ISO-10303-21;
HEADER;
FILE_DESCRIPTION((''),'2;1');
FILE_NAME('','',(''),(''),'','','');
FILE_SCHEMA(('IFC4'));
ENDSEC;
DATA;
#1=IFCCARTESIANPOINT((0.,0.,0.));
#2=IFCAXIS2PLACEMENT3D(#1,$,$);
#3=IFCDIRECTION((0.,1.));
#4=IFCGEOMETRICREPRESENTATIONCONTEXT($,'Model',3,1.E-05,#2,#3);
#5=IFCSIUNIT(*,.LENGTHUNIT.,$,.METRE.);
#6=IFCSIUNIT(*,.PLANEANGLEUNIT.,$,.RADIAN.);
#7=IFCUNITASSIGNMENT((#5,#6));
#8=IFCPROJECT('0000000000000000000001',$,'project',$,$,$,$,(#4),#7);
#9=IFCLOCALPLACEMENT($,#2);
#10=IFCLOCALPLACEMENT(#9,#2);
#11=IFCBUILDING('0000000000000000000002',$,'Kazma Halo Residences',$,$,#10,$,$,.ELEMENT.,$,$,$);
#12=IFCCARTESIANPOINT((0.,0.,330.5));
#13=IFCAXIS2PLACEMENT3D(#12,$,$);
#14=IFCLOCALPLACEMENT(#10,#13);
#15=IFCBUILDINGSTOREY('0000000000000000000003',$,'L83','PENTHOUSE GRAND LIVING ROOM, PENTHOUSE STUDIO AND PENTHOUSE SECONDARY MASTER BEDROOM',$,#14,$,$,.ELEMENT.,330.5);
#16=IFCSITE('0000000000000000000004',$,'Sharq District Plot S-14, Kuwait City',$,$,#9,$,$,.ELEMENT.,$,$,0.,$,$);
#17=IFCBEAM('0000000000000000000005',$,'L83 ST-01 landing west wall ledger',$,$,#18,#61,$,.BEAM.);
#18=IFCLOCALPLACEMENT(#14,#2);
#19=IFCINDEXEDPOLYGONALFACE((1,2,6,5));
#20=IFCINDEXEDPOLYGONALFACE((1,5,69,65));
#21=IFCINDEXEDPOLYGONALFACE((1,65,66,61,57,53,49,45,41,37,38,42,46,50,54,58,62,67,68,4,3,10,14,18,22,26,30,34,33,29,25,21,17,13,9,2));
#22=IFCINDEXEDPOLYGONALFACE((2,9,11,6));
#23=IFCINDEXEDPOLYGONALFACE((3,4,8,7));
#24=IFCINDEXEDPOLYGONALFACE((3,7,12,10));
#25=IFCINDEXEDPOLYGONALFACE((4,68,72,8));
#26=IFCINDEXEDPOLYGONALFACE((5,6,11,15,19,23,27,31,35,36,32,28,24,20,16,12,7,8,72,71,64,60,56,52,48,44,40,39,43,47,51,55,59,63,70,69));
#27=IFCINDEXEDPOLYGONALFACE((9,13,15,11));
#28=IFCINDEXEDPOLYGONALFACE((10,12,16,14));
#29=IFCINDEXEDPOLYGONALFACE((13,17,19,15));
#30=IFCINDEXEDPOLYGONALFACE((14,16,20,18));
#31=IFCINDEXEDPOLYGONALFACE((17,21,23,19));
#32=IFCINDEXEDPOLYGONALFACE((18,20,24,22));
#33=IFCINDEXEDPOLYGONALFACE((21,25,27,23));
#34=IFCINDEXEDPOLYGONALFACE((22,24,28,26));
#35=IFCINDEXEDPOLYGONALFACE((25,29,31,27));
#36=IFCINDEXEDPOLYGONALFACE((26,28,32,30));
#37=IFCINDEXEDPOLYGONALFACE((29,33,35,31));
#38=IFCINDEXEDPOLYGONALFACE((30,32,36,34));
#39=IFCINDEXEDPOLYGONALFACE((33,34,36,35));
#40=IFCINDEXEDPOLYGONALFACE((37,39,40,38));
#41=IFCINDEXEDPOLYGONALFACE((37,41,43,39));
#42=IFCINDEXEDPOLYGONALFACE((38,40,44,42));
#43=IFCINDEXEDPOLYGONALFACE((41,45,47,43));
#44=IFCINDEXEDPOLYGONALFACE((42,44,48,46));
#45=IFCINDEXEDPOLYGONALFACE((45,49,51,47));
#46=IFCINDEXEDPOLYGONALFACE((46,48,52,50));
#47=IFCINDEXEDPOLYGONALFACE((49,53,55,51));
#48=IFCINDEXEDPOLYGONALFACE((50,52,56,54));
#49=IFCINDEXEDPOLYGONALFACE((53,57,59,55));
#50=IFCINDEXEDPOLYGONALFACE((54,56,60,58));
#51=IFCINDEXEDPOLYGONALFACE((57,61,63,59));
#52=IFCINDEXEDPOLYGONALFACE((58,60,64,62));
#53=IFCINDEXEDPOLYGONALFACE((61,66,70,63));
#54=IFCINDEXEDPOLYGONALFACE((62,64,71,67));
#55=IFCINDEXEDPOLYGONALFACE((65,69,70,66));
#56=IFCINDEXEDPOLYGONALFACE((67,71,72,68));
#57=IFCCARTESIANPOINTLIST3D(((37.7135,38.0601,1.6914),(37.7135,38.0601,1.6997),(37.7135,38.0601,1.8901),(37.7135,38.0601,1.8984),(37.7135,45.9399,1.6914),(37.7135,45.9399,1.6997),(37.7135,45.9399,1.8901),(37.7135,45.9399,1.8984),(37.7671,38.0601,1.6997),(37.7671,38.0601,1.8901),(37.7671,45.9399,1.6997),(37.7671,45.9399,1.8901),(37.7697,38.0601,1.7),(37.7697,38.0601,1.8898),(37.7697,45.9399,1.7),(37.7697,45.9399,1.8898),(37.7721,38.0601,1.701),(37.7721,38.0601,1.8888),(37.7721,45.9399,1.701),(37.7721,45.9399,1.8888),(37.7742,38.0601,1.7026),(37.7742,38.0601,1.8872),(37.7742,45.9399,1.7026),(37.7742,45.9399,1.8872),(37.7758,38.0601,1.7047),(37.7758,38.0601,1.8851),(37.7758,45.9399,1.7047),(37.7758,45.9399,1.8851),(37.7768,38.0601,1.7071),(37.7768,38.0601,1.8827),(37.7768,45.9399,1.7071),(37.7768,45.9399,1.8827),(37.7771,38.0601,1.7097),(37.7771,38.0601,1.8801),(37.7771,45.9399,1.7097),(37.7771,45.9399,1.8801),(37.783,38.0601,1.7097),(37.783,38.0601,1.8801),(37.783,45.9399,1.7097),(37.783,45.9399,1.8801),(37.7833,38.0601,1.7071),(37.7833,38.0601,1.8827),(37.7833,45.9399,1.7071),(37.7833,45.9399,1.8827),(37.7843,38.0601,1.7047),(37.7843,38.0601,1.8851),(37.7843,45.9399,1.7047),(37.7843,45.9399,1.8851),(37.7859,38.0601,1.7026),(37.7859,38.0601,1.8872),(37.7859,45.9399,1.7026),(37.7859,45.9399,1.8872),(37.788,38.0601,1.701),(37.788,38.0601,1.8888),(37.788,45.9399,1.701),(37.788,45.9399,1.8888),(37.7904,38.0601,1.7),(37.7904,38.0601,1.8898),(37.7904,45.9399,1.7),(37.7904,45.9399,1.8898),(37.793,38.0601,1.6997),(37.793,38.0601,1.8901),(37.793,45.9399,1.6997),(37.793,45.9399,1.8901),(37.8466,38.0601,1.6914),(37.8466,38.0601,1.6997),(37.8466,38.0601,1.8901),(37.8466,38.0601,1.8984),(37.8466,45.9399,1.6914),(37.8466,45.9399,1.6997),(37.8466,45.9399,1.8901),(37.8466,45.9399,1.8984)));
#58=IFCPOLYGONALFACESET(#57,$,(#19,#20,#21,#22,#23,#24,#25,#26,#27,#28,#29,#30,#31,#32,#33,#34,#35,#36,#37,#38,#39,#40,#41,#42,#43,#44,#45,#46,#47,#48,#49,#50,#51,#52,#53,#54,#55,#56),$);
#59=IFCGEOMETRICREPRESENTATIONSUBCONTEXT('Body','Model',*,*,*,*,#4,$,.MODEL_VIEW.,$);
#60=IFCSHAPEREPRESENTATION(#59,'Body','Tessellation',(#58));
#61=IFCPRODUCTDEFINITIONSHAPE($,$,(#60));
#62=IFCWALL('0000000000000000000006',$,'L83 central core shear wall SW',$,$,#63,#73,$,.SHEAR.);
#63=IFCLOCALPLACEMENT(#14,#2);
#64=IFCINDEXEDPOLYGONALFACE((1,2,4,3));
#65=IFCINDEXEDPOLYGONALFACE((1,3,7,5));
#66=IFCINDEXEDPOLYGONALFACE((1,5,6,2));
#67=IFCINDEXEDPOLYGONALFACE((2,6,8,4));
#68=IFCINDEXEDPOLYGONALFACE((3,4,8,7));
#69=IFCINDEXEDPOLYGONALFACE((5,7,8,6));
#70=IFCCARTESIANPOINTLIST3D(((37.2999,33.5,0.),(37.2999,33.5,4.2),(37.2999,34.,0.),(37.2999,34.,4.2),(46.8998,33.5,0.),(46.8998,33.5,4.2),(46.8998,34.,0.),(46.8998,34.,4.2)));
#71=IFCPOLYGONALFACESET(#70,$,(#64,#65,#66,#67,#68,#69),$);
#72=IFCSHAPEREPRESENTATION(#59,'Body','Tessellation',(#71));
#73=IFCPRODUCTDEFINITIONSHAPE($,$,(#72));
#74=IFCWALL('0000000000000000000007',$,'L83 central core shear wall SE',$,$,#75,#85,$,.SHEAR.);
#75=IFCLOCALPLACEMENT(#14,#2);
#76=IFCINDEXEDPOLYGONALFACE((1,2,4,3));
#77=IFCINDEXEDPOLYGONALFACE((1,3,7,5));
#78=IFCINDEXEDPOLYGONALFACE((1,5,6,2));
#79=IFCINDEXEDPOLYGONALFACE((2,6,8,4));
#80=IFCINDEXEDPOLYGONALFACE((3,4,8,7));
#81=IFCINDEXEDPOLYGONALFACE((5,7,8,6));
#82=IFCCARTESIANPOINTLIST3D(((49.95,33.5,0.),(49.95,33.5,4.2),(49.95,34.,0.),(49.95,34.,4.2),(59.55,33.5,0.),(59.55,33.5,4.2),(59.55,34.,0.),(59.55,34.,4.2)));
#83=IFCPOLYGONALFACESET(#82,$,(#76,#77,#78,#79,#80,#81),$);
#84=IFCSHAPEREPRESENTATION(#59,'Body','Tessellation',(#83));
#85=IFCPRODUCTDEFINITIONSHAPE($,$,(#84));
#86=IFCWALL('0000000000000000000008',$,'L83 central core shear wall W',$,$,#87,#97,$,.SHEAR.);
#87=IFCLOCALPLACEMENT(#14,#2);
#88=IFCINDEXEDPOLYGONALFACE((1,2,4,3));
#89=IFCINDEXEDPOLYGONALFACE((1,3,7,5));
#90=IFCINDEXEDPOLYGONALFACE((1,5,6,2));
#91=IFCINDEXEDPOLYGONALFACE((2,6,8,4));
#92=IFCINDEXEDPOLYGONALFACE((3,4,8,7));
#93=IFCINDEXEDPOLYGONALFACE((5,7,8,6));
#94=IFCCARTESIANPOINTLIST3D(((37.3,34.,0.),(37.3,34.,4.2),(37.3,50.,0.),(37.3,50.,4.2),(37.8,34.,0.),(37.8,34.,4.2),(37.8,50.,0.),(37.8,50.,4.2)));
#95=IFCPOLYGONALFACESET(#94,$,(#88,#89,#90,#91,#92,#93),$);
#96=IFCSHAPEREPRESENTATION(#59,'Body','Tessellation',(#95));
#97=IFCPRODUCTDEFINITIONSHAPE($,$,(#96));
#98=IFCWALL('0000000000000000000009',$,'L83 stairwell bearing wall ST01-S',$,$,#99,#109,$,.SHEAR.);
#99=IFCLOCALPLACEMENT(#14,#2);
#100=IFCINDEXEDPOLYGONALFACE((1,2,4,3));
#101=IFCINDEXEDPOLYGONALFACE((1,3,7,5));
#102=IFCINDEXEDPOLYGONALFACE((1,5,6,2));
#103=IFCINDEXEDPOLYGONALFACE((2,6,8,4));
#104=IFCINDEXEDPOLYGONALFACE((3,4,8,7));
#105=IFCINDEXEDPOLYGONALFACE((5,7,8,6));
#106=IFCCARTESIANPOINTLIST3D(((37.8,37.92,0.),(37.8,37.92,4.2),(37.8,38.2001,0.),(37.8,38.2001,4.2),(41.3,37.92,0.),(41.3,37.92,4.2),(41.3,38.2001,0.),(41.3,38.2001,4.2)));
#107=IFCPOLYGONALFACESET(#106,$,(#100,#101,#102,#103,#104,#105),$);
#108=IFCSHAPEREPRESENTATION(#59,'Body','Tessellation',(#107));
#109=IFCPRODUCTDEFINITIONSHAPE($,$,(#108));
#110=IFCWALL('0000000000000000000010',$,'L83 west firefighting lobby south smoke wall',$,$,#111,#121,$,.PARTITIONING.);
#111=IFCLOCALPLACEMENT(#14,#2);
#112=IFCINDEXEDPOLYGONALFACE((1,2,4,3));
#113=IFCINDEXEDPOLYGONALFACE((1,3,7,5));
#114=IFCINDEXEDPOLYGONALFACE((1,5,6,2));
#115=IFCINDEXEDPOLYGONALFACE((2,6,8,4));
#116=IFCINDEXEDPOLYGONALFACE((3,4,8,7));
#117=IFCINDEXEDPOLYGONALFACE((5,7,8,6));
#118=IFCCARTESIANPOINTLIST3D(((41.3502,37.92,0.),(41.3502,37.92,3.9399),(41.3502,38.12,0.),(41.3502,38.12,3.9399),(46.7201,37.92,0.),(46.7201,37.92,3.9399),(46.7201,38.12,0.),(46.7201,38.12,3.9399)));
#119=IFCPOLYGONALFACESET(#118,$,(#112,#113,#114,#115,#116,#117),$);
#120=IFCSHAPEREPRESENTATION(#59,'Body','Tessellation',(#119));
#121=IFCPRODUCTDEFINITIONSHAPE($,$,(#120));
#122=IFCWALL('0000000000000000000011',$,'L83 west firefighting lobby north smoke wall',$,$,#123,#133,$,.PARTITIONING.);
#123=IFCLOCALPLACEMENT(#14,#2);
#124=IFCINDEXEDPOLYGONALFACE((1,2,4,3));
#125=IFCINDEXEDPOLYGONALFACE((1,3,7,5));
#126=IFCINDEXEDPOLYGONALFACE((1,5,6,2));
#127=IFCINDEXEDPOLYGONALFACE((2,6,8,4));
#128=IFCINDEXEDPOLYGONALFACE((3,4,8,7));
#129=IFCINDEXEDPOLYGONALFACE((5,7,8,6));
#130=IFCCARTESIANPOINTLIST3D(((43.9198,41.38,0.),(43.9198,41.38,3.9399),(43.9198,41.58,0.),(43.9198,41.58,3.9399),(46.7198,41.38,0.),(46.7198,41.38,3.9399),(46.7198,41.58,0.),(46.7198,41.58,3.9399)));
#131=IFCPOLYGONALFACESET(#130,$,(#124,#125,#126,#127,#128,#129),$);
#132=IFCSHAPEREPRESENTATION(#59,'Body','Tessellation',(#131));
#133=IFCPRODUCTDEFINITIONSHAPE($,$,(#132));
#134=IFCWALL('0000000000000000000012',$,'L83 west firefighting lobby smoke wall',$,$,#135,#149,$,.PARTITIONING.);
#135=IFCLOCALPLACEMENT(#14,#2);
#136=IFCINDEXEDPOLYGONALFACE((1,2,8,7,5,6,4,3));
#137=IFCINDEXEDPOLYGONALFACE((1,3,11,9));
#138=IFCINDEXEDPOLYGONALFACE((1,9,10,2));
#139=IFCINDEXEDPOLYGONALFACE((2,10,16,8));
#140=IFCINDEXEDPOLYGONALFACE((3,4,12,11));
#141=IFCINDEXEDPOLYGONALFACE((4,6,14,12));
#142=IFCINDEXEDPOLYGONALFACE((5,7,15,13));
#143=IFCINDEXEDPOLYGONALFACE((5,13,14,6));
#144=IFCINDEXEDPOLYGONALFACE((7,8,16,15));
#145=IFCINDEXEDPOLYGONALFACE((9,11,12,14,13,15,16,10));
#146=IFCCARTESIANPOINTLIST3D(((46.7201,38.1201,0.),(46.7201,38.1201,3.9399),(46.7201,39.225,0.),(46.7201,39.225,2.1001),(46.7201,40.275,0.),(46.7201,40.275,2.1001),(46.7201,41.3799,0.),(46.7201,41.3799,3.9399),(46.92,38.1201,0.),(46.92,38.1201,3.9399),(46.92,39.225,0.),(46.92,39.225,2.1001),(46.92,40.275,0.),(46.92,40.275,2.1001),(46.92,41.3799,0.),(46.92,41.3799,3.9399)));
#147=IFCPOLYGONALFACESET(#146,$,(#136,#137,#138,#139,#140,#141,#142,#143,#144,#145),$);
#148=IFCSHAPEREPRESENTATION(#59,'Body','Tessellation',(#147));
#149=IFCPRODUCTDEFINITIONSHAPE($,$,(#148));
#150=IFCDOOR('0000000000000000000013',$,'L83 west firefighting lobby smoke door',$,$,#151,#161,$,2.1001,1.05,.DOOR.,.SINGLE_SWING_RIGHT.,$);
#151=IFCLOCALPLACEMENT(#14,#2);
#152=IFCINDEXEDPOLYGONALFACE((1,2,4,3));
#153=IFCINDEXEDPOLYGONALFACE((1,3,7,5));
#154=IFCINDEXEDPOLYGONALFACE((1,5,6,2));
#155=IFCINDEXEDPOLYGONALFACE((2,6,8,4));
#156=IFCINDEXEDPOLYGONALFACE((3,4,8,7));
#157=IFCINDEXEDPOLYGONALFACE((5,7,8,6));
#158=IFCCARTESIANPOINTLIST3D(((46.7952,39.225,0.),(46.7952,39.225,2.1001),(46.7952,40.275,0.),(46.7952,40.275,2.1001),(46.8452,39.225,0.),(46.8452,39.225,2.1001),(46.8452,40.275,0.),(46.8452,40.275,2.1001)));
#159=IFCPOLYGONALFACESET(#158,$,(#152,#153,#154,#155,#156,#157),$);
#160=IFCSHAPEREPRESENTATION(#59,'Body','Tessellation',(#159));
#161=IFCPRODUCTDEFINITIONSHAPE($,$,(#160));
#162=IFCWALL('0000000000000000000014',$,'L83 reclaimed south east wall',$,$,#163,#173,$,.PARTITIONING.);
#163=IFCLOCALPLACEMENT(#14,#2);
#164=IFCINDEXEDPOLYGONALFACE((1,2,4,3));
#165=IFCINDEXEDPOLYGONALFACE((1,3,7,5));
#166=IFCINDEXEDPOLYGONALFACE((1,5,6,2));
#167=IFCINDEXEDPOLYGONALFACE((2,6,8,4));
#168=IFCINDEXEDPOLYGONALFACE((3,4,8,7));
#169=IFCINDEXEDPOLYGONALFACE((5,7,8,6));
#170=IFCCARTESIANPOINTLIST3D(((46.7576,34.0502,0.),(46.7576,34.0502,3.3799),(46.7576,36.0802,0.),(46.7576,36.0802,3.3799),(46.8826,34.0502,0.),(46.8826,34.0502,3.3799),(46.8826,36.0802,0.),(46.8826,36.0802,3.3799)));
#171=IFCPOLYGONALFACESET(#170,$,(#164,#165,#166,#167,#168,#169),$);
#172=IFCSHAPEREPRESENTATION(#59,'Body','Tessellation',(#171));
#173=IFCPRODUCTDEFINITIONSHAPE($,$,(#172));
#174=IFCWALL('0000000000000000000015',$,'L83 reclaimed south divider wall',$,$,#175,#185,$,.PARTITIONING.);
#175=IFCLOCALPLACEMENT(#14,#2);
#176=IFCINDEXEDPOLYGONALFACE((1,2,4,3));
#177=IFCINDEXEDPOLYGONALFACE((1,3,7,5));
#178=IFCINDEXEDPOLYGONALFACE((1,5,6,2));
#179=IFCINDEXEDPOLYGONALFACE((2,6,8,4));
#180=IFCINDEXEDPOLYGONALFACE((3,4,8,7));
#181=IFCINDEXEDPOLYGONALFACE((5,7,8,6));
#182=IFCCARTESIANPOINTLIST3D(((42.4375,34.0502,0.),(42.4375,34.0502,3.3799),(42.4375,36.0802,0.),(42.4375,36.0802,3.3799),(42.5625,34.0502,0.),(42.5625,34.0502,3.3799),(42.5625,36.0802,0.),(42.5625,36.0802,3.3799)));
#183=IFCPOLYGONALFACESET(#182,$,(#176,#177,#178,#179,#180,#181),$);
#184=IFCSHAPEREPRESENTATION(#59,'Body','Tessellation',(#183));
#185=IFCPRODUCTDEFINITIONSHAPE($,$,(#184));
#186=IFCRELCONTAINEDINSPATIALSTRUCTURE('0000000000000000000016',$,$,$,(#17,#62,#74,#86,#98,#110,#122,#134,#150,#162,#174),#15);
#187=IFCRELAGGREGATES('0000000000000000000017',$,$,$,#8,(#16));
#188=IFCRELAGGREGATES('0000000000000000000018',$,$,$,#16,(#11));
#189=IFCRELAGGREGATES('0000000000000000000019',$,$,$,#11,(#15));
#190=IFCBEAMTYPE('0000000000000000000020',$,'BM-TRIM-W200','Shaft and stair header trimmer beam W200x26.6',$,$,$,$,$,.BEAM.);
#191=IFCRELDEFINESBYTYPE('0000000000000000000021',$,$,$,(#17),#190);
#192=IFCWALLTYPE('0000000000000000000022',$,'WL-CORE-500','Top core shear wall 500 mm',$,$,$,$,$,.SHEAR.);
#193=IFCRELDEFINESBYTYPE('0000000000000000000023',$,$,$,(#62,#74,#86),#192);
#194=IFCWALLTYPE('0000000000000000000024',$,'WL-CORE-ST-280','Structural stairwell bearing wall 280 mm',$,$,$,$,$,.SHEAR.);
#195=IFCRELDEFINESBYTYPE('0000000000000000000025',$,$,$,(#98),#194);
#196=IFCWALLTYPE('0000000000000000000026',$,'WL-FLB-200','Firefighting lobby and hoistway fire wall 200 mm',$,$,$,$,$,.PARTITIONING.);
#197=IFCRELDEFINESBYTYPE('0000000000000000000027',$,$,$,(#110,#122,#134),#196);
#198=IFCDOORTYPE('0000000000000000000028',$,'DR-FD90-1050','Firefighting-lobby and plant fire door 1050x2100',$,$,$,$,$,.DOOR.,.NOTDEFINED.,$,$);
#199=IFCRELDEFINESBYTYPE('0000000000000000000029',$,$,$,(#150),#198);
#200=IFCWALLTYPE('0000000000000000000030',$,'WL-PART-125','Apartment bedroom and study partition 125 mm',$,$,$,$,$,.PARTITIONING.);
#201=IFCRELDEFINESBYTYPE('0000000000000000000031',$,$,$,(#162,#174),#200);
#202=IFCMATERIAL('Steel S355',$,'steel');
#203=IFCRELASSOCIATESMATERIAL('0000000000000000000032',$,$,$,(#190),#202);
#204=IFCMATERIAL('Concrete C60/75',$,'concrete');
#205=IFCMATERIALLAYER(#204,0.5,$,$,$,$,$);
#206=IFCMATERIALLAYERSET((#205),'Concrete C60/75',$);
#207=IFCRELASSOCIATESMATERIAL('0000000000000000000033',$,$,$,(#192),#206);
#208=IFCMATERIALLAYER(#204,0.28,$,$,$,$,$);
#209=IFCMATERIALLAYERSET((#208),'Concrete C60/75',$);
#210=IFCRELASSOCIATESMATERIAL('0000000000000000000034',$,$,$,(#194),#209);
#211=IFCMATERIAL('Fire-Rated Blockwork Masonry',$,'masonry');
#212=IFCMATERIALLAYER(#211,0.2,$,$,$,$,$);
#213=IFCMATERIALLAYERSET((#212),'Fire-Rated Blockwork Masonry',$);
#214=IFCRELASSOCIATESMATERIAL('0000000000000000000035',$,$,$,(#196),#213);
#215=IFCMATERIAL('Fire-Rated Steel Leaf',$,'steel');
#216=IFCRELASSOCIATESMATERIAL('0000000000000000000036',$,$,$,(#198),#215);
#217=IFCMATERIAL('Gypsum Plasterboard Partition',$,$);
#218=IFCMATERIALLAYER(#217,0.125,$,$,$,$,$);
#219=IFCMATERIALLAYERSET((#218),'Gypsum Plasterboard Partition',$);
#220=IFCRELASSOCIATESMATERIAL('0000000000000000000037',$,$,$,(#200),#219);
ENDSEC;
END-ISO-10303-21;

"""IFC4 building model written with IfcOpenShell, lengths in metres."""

from ifc_helpers import new_model, si_unit, direction, frame, frame_2d, origin, origin_2d, place, context, subcontext, project, spatial, rectangle, i_section, extrude, material, layer, layer_set, material_profile, profile_set, type_object, element, fill, save


model = new_model("IFC4")

# Units and contexts
model_context = context("Model", 3, precision=1e-05, world=origin(), true_north=direction((0.0, 1.0)))
body_context = subcontext(model_context, "Body", "Model", "MODEL_VIEW")
ifc_project = project(units=[si_unit("LENGTHUNIT", "METRE"), si_unit("PLANEANGLEUNIT", "RADIAN")], contexts=[model_context])

# Site, building, storey
site_placement = place(None, origin())
site = spatial("IfcSite", under=ifc_project, at=site_placement, Name="Sharq District Plot S-14, Kuwait City", CompositionType="ELEMENT", RefElevation=0.0)
building_placement = place(site_placement, origin())
building = spatial("IfcBuilding", under=site, at=building_placement, Name="Kazma Halo Residences", CompositionType="ELEMENT")
storey_placement = place(building_placement, frame((0.0, 0.0, 330.5)))
storey = spatial("IfcBuildingStorey", under=building, at=storey_placement, Name="L83", Description="PENTHOUSE GRAND LIVING ROOM, PENTHOUSE STUDIO AND PENTHOUSE SECONDARY MASTER BEDROOM", CompositionType="ELEMENT", Elevation=330.5)

# Beam
ifc_material_1 = material(Name="Steel S355", Category="steel")
ifc_material_profile_1 = material_profile(ifc_material_1, i_section(OverallWidth=0.1331, OverallDepth=0.207, WebThickness=0.0059, FlangeThickness=0.0083, FilletRadius=0.01, at=origin_2d()), Name="W200x26.6")
ifc_profile_set_1 = profile_set([ifc_material_profile_1], Name="Steel S355")
beam_type_1 = type_object("IfcBeamType", Name="BM-TRIM-W200", Description="Shaft and stair header trimmer beam W200x26.6", PredefinedType="BEAM", material=ifc_profile_set_1)
beam_1_placement = place(storey_placement, frame((37.78, 38.0601, 1.7949), z_axis=(0.0, 1.0, 0.0), x_axis=(-1.0, 0.0, 0.0)))
element("IfcBeam", 1, at=beam_1_placement, inside=storey, type_object=beam_type_1, Name="L83 ST-01 landing west wall ledger", PredefinedType="BEAM", context=body_context, shape_type="SweptSolid", body=[
    extrude(i_section(OverallWidth=0.1331, OverallDepth=0.207, WebThickness=0.0059, FlangeThickness=0.0083, FilletRadius=0.01, at=origin_2d()), origin(), (0.0, 0.0, 1.0), 7.8799),
])

# Walls
ifc_material_2 = material(Name="Concrete C60/75", Category="concrete")
ifc_layer_1 = layer(ifc_material_2, 0.5)
ifc_layer_set_1 = layer_set([ifc_layer_1], Name="Concrete C60/75")
wall_type_1 = type_object("IfcWallType", Name="WL-CORE-500", Description="Top core shear wall 500 mm", PredefinedType="SHEAR", material=ifc_layer_set_1)
wall_1_placement = place(storey_placement, frame((37.3, 33.75, 0.0), z_axis=(0.0, 0.0, 1.0), x_axis=(1.0, 0.0, 0.0)))
element("IfcWall", 2, at=wall_1_placement, inside=storey, type_object=wall_type_1, Name="L83 central core shear wall SW", PredefinedType="SHEAR", context=body_context, shape_type="SweptSolid", body=[
    extrude(rectangle(XDim=9.5999, YDim=0.5, at=frame_2d((4.7998, 0.0))), origin(), (0.0, 0.0, 1.0), 4.2),
])
wall_2_placement = place(storey_placement, frame((49.95, 33.75, 0.0), z_axis=(0.0, 0.0, 1.0), x_axis=(1.0, 0.0, 0.0)))
element("IfcWall", 3, at=wall_2_placement, inside=storey, type_object=wall_type_1, Name="L83 central core shear wall SE", PredefinedType="SHEAR", context=body_context, shape_type="SweptSolid", body=[
    extrude(rectangle(XDim=9.6001, YDim=0.5, at=frame_2d((4.8, 0.0))), origin(), (0.0, 0.0, 1.0), 4.2),
])
wall_3_placement = place(storey_placement, frame((37.55, 34.0, 0.0), z_axis=(0.0, 0.0, 1.0), x_axis=(0.0, 1.0, 0.0)))
element("IfcWall", 4, at=wall_3_placement, inside=storey, type_object=wall_type_1, Name="L83 central core shear wall W", PredefinedType="SHEAR", context=body_context, shape_type="SweptSolid", body=[
    extrude(rectangle(XDim=16.0, YDim=0.5, at=frame_2d((8.0, 0.0))), origin(), (0.0, 0.0, 1.0), 4.2),
])
ifc_layer_2 = layer(ifc_material_2, 0.28)
ifc_layer_set_2 = layer_set([ifc_layer_2], Name="Concrete C60/75")
wall_type_2 = type_object("IfcWallType", Name="WL-CORE-ST-280", Description="Structural stairwell bearing wall 280 mm", PredefinedType="SHEAR", material=ifc_layer_set_2)
wall_4_placement = place(storey_placement, frame((37.8, 38.0601, 0.0), z_axis=(0.0, 0.0, 1.0), x_axis=(1.0, 0.0, 0.0)))
element("IfcWall", 5, at=wall_4_placement, inside=storey, type_object=wall_type_2, Name="L83 stairwell bearing wall ST01-S", PredefinedType="SHEAR", context=body_context, shape_type="SweptSolid", body=[
    extrude(rectangle(XDim=3.5, YDim=0.28, at=frame_2d((1.75, 0.0))), origin(), (0.0, 0.0, 1.0), 4.2),
])
ifc_material_3 = material(Name="Fire-Rated Blockwork Masonry", Category="masonry")
ifc_layer_3 = layer(ifc_material_3, 0.2)
ifc_layer_set_3 = layer_set([ifc_layer_3], Name="Fire-Rated Blockwork Masonry")
wall_type_3 = type_object("IfcWallType", Name="WL-FLB-200", Description="Firefighting lobby and hoistway fire wall 200 mm", PredefinedType="PARTITIONING", material=ifc_layer_set_3)
wall_5_placement = place(storey_placement, frame((41.3501, 38.02, 0.0), z_axis=(0.0, 0.0, 1.0), x_axis=(1.0, 0.0, 0.0)))
element("IfcWall", 6, at=wall_5_placement, inside=storey, type_object=wall_type_3, Name="L83 west firefighting lobby south smoke wall", PredefinedType="PARTITIONING", context=body_context, shape_type="SweptSolid", body=[
    extrude(rectangle(XDim=5.3699, YDim=0.2, at=frame_2d((2.6851, 0.0))), origin(), (0.0, 0.0, 1.0), 3.9399),
])
wall_6_placement = place(storey_placement, frame((43.9199, 41.48, 0.0), z_axis=(0.0, 0.0, 1.0), x_axis=(1.0, 0.0, 0.0)))
element("IfcWall", 7, at=wall_6_placement, inside=storey, type_object=wall_type_3, Name="L83 west firefighting lobby north smoke wall", PredefinedType="PARTITIONING", context=body_context, shape_type="SweptSolid", body=[
    extrude(rectangle(XDim=2.8, YDim=0.2, at=frame_2d((1.3999, 0.0))), origin(), (0.0, 0.0, 1.0), 3.9399),
])

# Wall, opening, door
wall_7_placement = place(storey_placement, frame((46.8201, 38.1201, 0.0), z_axis=(0.0, 0.0, 1.0), x_axis=(0.0, 1.0, 0.0)))
wall_7 = element("IfcWall", 8, at=wall_7_placement, inside=storey, type_object=wall_type_3, Name="L83 west firefighting lobby smoke wall", PredefinedType="PARTITIONING", context=body_context, shape_type="SweptSolid", body=[
    extrude(rectangle(XDim=3.2598, YDim=0.2, at=frame_2d((1.6299, 0.0))), origin(), (0.0, 0.0, 1.0), 3.9399),
])
opening_1_placement = place(wall_7_placement, frame((1.105, 0.0, 0.0)))
opening_1 = element("IfcOpeningElement", 9, at=opening_1_placement, cuts=wall_7, PredefinedType="OPENING", context=body_context, shape_type="SweptSolid", body=[
    extrude(rectangle(XDim=1.05, YDim=2.1001, at=frame_2d((0.5249, 1.05))), frame((0.0, 0.1099, 0.0), z_axis=(0.0, -1.0, 0.0), x_axis=(1.0, 0.0, 0.0)), (0.0, 0.0, 1.0), 0.22),
])
ifc_material_4 = material(Name="Fire-Rated Steel Leaf", Category="steel")
door_type_1 = type_object("IfcDoorType", Name="DR-FD90-1050", Description="Firefighting-lobby and plant fire door 1050x2100", OperationType="NOTDEFINED", PredefinedType="DOOR", material=ifc_material_4)
door_1_placement = place(opening_1_placement, origin())
door_1 = element("IfcDoor", 10, at=door_1_placement, inside=storey, type_object=door_type_1, Name="L83 west firefighting lobby smoke door", OperationType="SINGLE_SWING_RIGHT", OverallHeight=2.1001, OverallWidth=1.05, PredefinedType="DOOR", context=body_context, shape_type="SweptSolid", body=[
    extrude(rectangle(XDim=1.05, YDim=2.1001, at=frame_2d((0.5249, 1.05))), frame((0.0, 0.0249, 0.0), z_axis=(0.0, -1.0, 0.0), x_axis=(1.0, 0.0, 0.0)), (0.0, 0.0, 1.0), 0.05),
])
fill(opening_1, door_1)

# Walls
ifc_material_5 = material(Name="Gypsum Plasterboard Partition")
ifc_layer_4 = layer(ifc_material_5, 0.125)
ifc_layer_set_4 = layer_set([ifc_layer_4], Name="Gypsum Plasterboard Partition")
wall_type_4 = type_object("IfcWallType", Name="WL-PART-125", Description="Apartment bedroom and study partition 125 mm", PredefinedType="PARTITIONING", material=ifc_layer_set_4)
for number, where, z_axis, x_axis, name in (
    (11, (46.8201, 34.05, 0.0), (0.0, 0.0, 1.0), (0.0, 1.0, 0.0), "L83 reclaimed south east wall"),
    (12, (42.5, 34.05, 0.0), (0.0, 0.0, 1.0), (0.0, 1.0, 0.0), "L83 reclaimed south divider wall"),
):
    element("IfcWall", number, at=place(storey_placement, frame(where, z_axis=z_axis, x_axis=x_axis)), inside=storey, type_object=wall_type_4, Name=name, PredefinedType="PARTITIONING", context=body_context, shape_type="SweptSolid", body=[
        extrude(rectangle(XDim=2.03, YDim=0.125, at=frame_2d((1.0151, 0.0))), origin(), (0.0, 0.0, 1.0), 3.3799),
    ])

save(model, "model.ifc")
